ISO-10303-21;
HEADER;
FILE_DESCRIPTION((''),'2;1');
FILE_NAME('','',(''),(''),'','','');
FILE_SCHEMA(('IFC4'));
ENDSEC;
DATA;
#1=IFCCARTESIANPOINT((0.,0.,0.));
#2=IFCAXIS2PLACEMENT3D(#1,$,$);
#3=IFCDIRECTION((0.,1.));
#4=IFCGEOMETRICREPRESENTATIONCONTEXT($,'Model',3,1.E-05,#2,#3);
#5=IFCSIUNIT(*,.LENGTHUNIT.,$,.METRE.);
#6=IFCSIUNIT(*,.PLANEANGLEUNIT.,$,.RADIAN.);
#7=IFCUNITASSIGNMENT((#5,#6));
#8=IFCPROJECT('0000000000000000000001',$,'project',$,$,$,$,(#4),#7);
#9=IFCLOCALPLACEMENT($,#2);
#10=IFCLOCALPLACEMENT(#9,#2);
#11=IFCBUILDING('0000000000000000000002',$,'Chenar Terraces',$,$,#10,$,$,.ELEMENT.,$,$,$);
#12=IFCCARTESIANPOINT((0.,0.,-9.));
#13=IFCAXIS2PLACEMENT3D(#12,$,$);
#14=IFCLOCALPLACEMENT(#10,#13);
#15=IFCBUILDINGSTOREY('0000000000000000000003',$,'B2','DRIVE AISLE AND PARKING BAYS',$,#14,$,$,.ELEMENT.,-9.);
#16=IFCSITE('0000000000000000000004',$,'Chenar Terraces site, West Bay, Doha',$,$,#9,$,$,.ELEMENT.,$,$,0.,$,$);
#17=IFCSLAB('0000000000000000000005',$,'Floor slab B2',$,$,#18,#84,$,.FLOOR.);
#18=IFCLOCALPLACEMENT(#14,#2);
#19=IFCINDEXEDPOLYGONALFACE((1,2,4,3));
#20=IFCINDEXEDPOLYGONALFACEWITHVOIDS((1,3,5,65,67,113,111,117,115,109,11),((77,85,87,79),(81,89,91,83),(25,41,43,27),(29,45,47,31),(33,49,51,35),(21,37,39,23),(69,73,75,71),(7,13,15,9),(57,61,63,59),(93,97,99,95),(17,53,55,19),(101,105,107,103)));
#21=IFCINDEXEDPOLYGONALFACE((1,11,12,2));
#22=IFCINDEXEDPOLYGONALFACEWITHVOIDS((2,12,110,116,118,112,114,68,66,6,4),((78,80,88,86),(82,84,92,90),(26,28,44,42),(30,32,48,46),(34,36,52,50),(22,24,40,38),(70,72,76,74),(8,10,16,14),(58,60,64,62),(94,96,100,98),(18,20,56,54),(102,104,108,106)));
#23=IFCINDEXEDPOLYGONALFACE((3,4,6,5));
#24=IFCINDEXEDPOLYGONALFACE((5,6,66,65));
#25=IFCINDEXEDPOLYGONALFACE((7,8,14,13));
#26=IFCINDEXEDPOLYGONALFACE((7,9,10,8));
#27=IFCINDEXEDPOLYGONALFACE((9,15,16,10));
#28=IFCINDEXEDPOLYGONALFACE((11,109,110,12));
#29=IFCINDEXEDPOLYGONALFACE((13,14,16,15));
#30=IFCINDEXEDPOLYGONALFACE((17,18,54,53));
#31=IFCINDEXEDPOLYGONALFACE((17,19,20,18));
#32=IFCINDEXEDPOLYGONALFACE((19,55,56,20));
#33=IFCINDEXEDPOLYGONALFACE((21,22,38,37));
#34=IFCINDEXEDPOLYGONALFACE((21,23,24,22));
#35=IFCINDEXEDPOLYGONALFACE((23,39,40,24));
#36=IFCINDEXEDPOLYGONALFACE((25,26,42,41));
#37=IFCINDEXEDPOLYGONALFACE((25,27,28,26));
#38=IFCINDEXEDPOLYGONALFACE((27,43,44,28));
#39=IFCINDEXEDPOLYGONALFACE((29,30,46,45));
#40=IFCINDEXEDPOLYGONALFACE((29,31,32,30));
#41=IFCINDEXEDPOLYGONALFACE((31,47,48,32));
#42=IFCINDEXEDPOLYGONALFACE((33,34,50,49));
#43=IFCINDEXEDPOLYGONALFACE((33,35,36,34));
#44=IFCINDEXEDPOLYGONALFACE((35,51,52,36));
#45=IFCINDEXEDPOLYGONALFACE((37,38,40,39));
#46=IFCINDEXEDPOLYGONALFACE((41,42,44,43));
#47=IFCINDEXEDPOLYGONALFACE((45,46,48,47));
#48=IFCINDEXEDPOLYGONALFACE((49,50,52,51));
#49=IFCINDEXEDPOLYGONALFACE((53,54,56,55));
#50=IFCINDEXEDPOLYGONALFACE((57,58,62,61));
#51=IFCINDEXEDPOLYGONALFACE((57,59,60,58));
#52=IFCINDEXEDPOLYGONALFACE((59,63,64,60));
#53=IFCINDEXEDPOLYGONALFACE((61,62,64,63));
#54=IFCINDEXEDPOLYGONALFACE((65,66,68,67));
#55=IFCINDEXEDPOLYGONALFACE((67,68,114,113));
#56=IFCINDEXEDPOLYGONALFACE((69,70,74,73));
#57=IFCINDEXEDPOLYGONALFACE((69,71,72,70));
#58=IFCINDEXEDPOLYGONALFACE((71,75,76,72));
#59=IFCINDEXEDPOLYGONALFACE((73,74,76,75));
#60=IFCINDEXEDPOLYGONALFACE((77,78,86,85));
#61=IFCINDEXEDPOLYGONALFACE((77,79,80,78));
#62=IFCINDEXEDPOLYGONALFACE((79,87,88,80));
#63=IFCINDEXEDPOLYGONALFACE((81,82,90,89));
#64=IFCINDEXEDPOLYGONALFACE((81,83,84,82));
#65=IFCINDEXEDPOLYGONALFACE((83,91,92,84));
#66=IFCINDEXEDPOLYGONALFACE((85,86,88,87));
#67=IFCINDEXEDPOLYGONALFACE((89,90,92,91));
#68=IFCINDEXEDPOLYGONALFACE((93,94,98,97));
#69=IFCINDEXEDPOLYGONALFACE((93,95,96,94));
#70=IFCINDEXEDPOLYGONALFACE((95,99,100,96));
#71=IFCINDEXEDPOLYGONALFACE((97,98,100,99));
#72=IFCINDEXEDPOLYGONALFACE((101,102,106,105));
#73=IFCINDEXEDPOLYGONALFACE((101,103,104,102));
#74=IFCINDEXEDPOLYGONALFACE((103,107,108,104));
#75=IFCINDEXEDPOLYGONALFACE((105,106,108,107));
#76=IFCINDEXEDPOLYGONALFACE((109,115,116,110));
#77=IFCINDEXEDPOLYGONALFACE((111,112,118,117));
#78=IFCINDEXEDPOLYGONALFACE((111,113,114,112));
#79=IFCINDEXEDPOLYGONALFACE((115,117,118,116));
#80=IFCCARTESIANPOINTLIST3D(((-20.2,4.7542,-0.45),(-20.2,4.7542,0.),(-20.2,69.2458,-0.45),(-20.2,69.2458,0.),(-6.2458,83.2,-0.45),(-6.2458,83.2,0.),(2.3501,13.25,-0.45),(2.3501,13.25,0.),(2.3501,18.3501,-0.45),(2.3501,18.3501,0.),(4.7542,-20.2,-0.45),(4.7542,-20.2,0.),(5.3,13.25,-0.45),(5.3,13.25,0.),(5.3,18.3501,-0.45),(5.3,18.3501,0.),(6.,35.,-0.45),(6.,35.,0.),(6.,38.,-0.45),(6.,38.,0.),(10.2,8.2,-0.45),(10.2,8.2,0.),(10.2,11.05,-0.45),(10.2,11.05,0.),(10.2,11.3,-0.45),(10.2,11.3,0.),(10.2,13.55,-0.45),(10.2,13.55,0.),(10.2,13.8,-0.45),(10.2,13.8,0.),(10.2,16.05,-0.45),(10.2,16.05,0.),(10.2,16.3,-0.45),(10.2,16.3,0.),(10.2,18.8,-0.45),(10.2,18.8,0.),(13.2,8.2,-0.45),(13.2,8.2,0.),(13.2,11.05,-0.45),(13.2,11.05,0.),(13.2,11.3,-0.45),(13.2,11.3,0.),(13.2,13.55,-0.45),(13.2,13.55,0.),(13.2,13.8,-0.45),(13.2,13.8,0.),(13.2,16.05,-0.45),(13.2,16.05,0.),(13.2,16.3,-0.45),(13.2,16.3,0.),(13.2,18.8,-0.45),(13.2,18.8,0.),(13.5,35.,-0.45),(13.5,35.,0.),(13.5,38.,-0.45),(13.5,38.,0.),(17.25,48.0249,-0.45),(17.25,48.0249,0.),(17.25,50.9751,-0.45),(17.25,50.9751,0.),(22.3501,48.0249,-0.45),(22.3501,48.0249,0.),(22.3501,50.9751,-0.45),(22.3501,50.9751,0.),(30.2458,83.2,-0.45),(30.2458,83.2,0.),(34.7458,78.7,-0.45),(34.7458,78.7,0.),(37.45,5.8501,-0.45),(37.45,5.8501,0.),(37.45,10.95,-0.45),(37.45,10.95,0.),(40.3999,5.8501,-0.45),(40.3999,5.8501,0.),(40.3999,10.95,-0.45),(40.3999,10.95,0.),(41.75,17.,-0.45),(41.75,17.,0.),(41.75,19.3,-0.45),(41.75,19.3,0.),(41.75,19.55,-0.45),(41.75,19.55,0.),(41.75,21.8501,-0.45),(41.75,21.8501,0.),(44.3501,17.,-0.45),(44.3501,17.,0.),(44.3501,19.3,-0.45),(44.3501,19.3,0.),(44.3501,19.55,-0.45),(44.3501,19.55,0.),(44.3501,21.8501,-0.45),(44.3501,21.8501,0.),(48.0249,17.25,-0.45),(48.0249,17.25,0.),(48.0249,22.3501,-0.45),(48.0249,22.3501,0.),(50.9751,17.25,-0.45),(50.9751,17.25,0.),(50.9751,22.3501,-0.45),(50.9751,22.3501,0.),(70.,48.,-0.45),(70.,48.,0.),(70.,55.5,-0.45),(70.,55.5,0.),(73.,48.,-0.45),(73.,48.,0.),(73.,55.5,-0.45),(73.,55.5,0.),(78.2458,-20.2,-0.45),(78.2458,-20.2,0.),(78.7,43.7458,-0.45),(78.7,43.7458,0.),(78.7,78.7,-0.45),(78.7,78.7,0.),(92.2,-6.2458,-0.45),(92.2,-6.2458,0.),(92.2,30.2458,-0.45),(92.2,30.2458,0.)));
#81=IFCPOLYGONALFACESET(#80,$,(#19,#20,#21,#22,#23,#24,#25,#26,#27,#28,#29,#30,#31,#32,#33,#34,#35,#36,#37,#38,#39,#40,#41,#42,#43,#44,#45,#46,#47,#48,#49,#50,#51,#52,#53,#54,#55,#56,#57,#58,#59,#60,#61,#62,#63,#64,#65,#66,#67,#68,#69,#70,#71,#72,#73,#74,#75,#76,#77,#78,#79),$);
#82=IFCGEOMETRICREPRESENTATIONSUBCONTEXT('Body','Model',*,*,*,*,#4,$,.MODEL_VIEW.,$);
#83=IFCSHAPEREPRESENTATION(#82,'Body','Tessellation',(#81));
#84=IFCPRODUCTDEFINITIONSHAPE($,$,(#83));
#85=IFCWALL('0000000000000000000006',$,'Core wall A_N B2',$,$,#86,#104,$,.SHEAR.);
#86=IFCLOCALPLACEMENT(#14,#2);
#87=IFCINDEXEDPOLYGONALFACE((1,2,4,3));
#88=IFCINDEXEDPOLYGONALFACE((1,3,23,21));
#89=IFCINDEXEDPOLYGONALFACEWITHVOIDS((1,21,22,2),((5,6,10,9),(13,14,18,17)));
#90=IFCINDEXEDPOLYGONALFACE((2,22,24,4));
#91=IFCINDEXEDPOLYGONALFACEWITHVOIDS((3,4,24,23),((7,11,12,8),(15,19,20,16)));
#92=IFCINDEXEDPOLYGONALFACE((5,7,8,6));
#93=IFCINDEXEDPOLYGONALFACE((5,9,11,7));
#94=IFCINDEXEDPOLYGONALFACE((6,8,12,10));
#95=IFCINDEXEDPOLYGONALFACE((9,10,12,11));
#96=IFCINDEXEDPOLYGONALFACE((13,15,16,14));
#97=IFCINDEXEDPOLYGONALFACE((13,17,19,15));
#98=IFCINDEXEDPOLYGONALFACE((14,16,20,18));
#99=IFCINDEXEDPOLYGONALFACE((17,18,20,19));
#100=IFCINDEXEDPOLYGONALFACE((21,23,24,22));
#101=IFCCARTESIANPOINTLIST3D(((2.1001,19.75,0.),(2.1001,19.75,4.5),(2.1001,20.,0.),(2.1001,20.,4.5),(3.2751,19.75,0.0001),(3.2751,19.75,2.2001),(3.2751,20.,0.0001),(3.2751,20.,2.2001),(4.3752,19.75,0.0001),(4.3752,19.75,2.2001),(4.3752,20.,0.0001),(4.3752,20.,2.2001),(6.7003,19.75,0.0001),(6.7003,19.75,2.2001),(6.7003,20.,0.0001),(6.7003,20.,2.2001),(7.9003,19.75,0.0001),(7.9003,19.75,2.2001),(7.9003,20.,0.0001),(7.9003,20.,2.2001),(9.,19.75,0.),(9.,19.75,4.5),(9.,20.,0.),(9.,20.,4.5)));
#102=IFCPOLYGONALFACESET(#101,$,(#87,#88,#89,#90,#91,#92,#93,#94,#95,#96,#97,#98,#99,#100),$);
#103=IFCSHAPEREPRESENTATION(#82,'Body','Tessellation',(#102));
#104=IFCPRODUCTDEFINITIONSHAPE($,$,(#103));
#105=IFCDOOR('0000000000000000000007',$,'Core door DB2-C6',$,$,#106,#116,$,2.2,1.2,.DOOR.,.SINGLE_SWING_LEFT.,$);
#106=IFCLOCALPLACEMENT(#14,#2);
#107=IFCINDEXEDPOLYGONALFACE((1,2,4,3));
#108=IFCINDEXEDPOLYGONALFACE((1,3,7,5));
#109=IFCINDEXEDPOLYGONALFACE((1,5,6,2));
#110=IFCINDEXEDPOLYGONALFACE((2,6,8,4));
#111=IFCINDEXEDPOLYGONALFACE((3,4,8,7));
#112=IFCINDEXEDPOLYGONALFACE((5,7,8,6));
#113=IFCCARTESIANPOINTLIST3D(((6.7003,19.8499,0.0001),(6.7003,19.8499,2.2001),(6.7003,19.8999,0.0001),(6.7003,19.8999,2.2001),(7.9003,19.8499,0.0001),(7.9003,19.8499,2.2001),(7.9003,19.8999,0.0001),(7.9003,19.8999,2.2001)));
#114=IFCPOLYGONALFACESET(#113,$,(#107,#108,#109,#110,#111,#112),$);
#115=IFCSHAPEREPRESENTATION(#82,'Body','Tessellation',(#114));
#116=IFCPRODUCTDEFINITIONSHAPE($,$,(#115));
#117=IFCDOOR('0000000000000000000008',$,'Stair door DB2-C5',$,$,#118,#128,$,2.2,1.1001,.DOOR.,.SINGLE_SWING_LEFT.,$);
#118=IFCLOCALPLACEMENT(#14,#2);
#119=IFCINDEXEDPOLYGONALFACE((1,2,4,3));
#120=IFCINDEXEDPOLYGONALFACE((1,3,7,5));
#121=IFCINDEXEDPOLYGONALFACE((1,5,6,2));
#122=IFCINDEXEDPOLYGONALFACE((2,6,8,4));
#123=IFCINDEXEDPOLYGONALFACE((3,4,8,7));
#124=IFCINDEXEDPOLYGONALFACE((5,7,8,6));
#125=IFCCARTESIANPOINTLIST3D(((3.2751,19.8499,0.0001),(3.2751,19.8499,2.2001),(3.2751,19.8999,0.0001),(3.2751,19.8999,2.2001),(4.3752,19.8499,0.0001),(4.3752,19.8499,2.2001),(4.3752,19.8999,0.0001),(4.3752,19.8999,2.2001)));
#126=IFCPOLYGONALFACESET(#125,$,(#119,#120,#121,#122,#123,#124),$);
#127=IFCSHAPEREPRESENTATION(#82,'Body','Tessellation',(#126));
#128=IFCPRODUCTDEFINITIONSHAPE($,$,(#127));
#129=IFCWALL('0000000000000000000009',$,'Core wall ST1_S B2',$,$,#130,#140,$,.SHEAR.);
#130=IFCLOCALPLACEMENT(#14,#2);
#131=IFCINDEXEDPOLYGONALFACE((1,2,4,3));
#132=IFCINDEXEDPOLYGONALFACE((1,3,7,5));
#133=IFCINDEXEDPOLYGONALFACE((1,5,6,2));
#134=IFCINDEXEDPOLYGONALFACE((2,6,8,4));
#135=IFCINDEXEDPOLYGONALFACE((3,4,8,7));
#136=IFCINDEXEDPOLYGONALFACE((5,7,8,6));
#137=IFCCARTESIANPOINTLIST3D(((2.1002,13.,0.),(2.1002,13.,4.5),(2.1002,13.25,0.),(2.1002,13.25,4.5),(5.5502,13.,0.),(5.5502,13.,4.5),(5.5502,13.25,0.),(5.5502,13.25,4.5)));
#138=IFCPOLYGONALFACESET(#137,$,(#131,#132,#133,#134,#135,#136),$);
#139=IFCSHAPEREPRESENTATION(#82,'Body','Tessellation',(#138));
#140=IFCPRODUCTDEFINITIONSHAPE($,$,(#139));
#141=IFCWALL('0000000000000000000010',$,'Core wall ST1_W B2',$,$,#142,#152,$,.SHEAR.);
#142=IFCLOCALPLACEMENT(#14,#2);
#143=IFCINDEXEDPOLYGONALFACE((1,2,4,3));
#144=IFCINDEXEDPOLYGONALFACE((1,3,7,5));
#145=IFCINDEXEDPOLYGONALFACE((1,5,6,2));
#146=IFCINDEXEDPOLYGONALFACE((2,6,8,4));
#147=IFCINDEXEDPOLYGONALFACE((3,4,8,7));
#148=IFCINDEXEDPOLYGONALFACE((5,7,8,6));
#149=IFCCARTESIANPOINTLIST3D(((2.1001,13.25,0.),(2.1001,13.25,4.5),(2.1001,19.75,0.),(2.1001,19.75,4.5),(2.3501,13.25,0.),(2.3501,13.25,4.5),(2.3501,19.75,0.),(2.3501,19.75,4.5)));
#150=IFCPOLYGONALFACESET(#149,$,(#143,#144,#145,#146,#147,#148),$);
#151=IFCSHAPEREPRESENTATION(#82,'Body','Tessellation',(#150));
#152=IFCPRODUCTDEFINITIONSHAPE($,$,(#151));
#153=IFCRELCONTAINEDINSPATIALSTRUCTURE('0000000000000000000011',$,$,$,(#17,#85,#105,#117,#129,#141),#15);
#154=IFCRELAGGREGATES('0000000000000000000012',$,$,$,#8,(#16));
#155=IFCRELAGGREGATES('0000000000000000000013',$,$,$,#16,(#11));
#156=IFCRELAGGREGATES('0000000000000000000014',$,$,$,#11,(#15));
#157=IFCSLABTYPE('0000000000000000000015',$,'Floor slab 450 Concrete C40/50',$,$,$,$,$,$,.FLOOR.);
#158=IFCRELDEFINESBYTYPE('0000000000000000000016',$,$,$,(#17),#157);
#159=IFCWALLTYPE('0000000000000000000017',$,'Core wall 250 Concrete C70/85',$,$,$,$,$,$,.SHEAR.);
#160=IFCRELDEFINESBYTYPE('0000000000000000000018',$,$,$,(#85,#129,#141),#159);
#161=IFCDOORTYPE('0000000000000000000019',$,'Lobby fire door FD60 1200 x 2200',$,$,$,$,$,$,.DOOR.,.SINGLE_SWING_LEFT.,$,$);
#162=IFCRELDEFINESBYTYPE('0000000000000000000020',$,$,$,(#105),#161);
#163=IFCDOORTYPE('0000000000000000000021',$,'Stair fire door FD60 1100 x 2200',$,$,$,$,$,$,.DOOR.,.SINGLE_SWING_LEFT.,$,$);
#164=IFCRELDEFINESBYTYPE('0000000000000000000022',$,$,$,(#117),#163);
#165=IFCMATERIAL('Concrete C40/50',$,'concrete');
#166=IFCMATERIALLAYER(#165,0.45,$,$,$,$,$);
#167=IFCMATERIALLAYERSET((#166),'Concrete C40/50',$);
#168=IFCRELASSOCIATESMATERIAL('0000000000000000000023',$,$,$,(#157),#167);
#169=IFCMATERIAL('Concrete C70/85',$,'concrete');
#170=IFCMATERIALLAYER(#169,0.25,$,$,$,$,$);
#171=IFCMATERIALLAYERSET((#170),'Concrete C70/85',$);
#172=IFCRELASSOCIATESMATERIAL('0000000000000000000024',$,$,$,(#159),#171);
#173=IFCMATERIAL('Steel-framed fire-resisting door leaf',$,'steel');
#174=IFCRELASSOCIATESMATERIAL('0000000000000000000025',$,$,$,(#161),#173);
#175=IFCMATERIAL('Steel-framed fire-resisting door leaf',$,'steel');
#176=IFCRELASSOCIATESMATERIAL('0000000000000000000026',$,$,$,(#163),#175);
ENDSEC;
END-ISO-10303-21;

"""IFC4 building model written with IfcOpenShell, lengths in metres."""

from ifc_helpers import new_model, si_unit, direction, frame, frame_2d, origin, place, context, subcontext, project, spatial, polyline, rectangle, outline, extrude, material, layer, layer_set, type_object, element, fill, save


model = new_model("IFC4")

# Units and contexts
model_context = context("Model", 3, precision=1e-05, world=origin(), true_north=direction((0.0, 1.0)))
body_context = subcontext(model_context, "Body", "Model", "MODEL_VIEW")
ifc_project = project(units=[si_unit("LENGTHUNIT", "METRE"), si_unit("PLANEANGLEUNIT", "RADIAN")], contexts=[model_context])

# Site, building, storey
site_placement = place(None, origin())
site = spatial("IfcSite", under=ifc_project, at=site_placement, Name="Chenar Terraces site, West Bay, Doha", CompositionType="ELEMENT", RefElevation=0.0)
building_placement = place(site_placement, origin())
building = spatial("IfcBuilding", under=site, at=building_placement, Name="Chenar Terraces", CompositionType="ELEMENT")
storey_placement = place(building_placement, frame((0.0, 0.0, -9.0)))
storey = spatial("IfcBuildingStorey", under=building, at=storey_placement, Name="B2", Description="DRIVE AISLE AND PARKING BAYS", CompositionType="ELEMENT", Elevation=-9.0)

# Slab
ifc_material_1 = material(Name="Concrete C40/50", Category="concrete")
ifc_layer_1 = layer(ifc_material_1, 0.45)
ifc_layer_set_1 = layer_set([ifc_layer_1], Name="Concrete C40/50")
slab_type_1 = type_object("IfcSlabType", Name="Floor slab 450 Concrete C40/50", PredefinedType="FLOOR", material=ifc_layer_set_1)
slab_1_placement = place(storey_placement, frame((0.0, 0.0, -0.45)))
element("IfcSlab", 1, at=slab_1_placement, inside=storey, type_object=slab_type_1, Name="Floor slab B2", PredefinedType="FLOOR", context=body_context, shape_type="SweptSolid", body=[
    extrude(outline(polyline([(78.7, 78.7), (78.7, 43.7458), (92.2, 30.2458), (92.2, -6.2458), (78.2458, -20.2), (4.7542, -20.2), (-20.2, 4.7542), (-20.2, 69.2458), (-6.2458, 83.2), (30.2458, 83.2), (34.7458, 78.7), (78.7, 78.7)]), holes=[polyline([(10.2, 11.05), (10.2, 8.2), (13.2, 8.2), (13.2, 11.05), (10.2, 11.05)]), polyline([(13.2, 13.55), (10.2, 13.55), (10.2, 11.3), (13.2, 11.3), (13.2, 13.55)]), polyline([(13.2, 16.05), (10.2, 16.05), (10.2, 13.8), (13.2, 13.8), (13.2, 16.05)]), polyline([(5.3, 13.25), (5.3, 18.3501), (2.3501, 18.3501), (2.3501, 13.25), (5.3, 13.25)]), polyline([(13.2, 18.8), (10.2, 18.8), (10.2, 16.3), (13.2, 16.3), (13.2, 18.8)]), polyline([(13.5, 38.0), (6.0, 38.0), (6.0, 35.0), (13.5, 35.0), (13.5, 38.0)]), polyline([(40.3999, 5.8501), (40.3999, 10.95), (37.45, 10.95), (37.45, 5.8501), (40.3999, 5.8501)]), polyline([(44.3501, 19.3), (41.75, 19.3), (41.75, 17.0), (44.3501, 17.0), (44.3501, 19.3)]), polyline([(50.9751, 22.3501), (48.0249, 22.3501), (48.0249, 17.25), (50.9751, 17.25), (50.9751, 22.3501)]), polyline([(41.75, 21.8501), (41.75, 19.55), (44.3501, 19.55), (44.3501, 21.8501), (41.75, 21.8501)]), polyline([(22.3501, 48.0249), (22.3501, 50.9751), (17.25, 50.9751), (17.25, 48.0249), (22.3501, 48.0249)]), polyline([(73.0, 55.5), (70.0, 55.5), (70.0, 48.0), (73.0, 48.0), (73.0, 55.5)])]), origin(), (0.0, 0.0, 1.0), 0.45),
])

# Wall, openings, doors
ifc_material_2 = material(Name="Concrete C70/85", Category="concrete")
ifc_layer_2 = layer(ifc_material_2, 0.25)
ifc_layer_set_2 = layer_set([ifc_layer_2], Name="Concrete C70/85")
wall_type_1 = type_object("IfcWallType", Name="Core wall 250 Concrete C70/85", PredefinedType="SHEAR", material=ifc_layer_set_2)
wall_1_placement = place(storey_placement, frame((2.1001, 19.875, 0.0), z_axis=(0.0, 0.0, 1.0), x_axis=(1.0, 0.0, 0.0)))
wall_1 = element("IfcWall", 2, at=wall_1_placement, inside=storey, type_object=wall_type_1, Name="Core wall A_N B2", PredefinedType="SHEAR", context=body_context, shape_type="SweptSolid", body=[
    extrude(rectangle(XDim=6.8999, YDim=0.25, at=frame_2d((3.45, 0.0))), origin(), (0.0, 0.0, 1.0), 4.5),
])
opening_1_placement = place(wall_1_placement, frame((1.175, 0.0, 0.0)))
opening_1 = element("IfcOpeningElement", 3, at=opening_1_placement, cuts=wall_1, PredefinedType="OPENING", context=body_context, shape_type="SweptSolid", body=[
    extrude(rectangle(XDim=1.1001, YDim=2.2, at=frame_2d((0.55, 1.1001))), frame((0.0, 0.135, 0.0), z_axis=(0.0, -1.0, 0.0), x_axis=(1.0, 0.0, 0.0)), (0.0, 0.0, 1.0), 0.27),
])
opening_2_placement = place(wall_1_placement, frame((4.6001, 0.0, 0.0)))
opening_2 = element("IfcOpeningElement", 4, at=opening_2_placement, cuts=wall_1, PredefinedType="OPENING", context=body_context, shape_type="SweptSolid", body=[
    extrude(rectangle(XDim=1.2, YDim=2.2, at=frame_2d((0.6001, 1.1001))), frame((0.0, 0.135, 0.0), z_axis=(0.0, -1.0, 0.0), x_axis=(1.0, 0.0, 0.0)), (0.0, 0.0, 1.0), 0.27),
])
ifc_material_3 = material(Name="Steel-framed fire-resisting door leaf", Category="steel")
door_type_1 = type_object("IfcDoorType", Name="Lobby fire door FD60 1200 x 2200", OperationType="SINGLE_SWING_LEFT", PredefinedType="DOOR", material=ifc_material_3)
door_1_placement = place(opening_2_placement, origin())
door_1 = element("IfcDoor", 5, at=door_1_placement, inside=storey, type_object=door_type_1, Name="Core door DB2-C6", OperationType="SINGLE_SWING_LEFT", OverallHeight=2.2, OverallWidth=1.2, PredefinedType="DOOR", context=body_context, shape_type="SweptSolid", body=[
    extrude(rectangle(XDim=1.2, YDim=2.2, at=frame_2d((0.6001, 1.1001))), frame((0.0, 0.0249, 0.0), z_axis=(0.0, -1.0, 0.0), x_axis=(1.0, 0.0, 0.0)), (0.0, 0.0, 1.0), 0.05),
])
fill(opening_2, door_1)
ifc_material_4 = material(Name="Steel-framed fire-resisting door leaf", Category="steel")
door_type_2 = type_object("IfcDoorType", Name="Stair fire door FD60 1100 x 2200", OperationType="SINGLE_SWING_LEFT", PredefinedType="DOOR", material=ifc_material_4)
door_2_placement = place(opening_1_placement, origin())
door_2 = element("IfcDoor", 6, at=door_2_placement, inside=storey, type_object=door_type_2, Name="Stair door DB2-C5", OperationType="SINGLE_SWING_LEFT", OverallHeight=2.2, OverallWidth=1.1001, PredefinedType="DOOR", context=body_context, shape_type="SweptSolid", body=[
    extrude(rectangle(XDim=1.1001, YDim=2.2, at=frame_2d((0.55, 1.1001))), frame((0.0, 0.0249, 0.0), z_axis=(0.0, -1.0, 0.0), x_axis=(1.0, 0.0, 0.0)), (0.0, 0.0, 1.0), 0.05),
])
fill(opening_1, door_2)

# Walls
wall_2_placement = place(storey_placement, frame((2.1001, 13.125, 0.0), z_axis=(0.0, 0.0, 1.0), x_axis=(1.0, 0.0, 0.0)))
element("IfcWall", 7, at=wall_2_placement, inside=storey, type_object=wall_type_1, Name="Core wall ST1_S B2", PredefinedType="SHEAR", context=body_context, shape_type="SweptSolid", body=[
    extrude(rectangle(XDim=3.45, YDim=0.25, at=frame_2d((1.7251, 0.0))), origin(), (0.0, 0.0, 1.0), 4.5),
])
wall_3_placement = place(storey_placement, frame((2.2251, 13.25, 0.0), z_axis=(0.0, 0.0, 1.0), x_axis=(0.0, 1.0, 0.0)))
element("IfcWall", 8, at=wall_3_placement, inside=storey, type_object=wall_type_1, Name="Core wall ST1_W B2", PredefinedType="SHEAR", context=body_context, shape_type="SweptSolid", body=[
    extrude(rectangle(XDim=6.5, YDim=0.25, at=frame_2d((3.25, 0.0))), origin(), (0.0, 0.0, 1.0), 4.5),
])

save(model, "model.ifc")
